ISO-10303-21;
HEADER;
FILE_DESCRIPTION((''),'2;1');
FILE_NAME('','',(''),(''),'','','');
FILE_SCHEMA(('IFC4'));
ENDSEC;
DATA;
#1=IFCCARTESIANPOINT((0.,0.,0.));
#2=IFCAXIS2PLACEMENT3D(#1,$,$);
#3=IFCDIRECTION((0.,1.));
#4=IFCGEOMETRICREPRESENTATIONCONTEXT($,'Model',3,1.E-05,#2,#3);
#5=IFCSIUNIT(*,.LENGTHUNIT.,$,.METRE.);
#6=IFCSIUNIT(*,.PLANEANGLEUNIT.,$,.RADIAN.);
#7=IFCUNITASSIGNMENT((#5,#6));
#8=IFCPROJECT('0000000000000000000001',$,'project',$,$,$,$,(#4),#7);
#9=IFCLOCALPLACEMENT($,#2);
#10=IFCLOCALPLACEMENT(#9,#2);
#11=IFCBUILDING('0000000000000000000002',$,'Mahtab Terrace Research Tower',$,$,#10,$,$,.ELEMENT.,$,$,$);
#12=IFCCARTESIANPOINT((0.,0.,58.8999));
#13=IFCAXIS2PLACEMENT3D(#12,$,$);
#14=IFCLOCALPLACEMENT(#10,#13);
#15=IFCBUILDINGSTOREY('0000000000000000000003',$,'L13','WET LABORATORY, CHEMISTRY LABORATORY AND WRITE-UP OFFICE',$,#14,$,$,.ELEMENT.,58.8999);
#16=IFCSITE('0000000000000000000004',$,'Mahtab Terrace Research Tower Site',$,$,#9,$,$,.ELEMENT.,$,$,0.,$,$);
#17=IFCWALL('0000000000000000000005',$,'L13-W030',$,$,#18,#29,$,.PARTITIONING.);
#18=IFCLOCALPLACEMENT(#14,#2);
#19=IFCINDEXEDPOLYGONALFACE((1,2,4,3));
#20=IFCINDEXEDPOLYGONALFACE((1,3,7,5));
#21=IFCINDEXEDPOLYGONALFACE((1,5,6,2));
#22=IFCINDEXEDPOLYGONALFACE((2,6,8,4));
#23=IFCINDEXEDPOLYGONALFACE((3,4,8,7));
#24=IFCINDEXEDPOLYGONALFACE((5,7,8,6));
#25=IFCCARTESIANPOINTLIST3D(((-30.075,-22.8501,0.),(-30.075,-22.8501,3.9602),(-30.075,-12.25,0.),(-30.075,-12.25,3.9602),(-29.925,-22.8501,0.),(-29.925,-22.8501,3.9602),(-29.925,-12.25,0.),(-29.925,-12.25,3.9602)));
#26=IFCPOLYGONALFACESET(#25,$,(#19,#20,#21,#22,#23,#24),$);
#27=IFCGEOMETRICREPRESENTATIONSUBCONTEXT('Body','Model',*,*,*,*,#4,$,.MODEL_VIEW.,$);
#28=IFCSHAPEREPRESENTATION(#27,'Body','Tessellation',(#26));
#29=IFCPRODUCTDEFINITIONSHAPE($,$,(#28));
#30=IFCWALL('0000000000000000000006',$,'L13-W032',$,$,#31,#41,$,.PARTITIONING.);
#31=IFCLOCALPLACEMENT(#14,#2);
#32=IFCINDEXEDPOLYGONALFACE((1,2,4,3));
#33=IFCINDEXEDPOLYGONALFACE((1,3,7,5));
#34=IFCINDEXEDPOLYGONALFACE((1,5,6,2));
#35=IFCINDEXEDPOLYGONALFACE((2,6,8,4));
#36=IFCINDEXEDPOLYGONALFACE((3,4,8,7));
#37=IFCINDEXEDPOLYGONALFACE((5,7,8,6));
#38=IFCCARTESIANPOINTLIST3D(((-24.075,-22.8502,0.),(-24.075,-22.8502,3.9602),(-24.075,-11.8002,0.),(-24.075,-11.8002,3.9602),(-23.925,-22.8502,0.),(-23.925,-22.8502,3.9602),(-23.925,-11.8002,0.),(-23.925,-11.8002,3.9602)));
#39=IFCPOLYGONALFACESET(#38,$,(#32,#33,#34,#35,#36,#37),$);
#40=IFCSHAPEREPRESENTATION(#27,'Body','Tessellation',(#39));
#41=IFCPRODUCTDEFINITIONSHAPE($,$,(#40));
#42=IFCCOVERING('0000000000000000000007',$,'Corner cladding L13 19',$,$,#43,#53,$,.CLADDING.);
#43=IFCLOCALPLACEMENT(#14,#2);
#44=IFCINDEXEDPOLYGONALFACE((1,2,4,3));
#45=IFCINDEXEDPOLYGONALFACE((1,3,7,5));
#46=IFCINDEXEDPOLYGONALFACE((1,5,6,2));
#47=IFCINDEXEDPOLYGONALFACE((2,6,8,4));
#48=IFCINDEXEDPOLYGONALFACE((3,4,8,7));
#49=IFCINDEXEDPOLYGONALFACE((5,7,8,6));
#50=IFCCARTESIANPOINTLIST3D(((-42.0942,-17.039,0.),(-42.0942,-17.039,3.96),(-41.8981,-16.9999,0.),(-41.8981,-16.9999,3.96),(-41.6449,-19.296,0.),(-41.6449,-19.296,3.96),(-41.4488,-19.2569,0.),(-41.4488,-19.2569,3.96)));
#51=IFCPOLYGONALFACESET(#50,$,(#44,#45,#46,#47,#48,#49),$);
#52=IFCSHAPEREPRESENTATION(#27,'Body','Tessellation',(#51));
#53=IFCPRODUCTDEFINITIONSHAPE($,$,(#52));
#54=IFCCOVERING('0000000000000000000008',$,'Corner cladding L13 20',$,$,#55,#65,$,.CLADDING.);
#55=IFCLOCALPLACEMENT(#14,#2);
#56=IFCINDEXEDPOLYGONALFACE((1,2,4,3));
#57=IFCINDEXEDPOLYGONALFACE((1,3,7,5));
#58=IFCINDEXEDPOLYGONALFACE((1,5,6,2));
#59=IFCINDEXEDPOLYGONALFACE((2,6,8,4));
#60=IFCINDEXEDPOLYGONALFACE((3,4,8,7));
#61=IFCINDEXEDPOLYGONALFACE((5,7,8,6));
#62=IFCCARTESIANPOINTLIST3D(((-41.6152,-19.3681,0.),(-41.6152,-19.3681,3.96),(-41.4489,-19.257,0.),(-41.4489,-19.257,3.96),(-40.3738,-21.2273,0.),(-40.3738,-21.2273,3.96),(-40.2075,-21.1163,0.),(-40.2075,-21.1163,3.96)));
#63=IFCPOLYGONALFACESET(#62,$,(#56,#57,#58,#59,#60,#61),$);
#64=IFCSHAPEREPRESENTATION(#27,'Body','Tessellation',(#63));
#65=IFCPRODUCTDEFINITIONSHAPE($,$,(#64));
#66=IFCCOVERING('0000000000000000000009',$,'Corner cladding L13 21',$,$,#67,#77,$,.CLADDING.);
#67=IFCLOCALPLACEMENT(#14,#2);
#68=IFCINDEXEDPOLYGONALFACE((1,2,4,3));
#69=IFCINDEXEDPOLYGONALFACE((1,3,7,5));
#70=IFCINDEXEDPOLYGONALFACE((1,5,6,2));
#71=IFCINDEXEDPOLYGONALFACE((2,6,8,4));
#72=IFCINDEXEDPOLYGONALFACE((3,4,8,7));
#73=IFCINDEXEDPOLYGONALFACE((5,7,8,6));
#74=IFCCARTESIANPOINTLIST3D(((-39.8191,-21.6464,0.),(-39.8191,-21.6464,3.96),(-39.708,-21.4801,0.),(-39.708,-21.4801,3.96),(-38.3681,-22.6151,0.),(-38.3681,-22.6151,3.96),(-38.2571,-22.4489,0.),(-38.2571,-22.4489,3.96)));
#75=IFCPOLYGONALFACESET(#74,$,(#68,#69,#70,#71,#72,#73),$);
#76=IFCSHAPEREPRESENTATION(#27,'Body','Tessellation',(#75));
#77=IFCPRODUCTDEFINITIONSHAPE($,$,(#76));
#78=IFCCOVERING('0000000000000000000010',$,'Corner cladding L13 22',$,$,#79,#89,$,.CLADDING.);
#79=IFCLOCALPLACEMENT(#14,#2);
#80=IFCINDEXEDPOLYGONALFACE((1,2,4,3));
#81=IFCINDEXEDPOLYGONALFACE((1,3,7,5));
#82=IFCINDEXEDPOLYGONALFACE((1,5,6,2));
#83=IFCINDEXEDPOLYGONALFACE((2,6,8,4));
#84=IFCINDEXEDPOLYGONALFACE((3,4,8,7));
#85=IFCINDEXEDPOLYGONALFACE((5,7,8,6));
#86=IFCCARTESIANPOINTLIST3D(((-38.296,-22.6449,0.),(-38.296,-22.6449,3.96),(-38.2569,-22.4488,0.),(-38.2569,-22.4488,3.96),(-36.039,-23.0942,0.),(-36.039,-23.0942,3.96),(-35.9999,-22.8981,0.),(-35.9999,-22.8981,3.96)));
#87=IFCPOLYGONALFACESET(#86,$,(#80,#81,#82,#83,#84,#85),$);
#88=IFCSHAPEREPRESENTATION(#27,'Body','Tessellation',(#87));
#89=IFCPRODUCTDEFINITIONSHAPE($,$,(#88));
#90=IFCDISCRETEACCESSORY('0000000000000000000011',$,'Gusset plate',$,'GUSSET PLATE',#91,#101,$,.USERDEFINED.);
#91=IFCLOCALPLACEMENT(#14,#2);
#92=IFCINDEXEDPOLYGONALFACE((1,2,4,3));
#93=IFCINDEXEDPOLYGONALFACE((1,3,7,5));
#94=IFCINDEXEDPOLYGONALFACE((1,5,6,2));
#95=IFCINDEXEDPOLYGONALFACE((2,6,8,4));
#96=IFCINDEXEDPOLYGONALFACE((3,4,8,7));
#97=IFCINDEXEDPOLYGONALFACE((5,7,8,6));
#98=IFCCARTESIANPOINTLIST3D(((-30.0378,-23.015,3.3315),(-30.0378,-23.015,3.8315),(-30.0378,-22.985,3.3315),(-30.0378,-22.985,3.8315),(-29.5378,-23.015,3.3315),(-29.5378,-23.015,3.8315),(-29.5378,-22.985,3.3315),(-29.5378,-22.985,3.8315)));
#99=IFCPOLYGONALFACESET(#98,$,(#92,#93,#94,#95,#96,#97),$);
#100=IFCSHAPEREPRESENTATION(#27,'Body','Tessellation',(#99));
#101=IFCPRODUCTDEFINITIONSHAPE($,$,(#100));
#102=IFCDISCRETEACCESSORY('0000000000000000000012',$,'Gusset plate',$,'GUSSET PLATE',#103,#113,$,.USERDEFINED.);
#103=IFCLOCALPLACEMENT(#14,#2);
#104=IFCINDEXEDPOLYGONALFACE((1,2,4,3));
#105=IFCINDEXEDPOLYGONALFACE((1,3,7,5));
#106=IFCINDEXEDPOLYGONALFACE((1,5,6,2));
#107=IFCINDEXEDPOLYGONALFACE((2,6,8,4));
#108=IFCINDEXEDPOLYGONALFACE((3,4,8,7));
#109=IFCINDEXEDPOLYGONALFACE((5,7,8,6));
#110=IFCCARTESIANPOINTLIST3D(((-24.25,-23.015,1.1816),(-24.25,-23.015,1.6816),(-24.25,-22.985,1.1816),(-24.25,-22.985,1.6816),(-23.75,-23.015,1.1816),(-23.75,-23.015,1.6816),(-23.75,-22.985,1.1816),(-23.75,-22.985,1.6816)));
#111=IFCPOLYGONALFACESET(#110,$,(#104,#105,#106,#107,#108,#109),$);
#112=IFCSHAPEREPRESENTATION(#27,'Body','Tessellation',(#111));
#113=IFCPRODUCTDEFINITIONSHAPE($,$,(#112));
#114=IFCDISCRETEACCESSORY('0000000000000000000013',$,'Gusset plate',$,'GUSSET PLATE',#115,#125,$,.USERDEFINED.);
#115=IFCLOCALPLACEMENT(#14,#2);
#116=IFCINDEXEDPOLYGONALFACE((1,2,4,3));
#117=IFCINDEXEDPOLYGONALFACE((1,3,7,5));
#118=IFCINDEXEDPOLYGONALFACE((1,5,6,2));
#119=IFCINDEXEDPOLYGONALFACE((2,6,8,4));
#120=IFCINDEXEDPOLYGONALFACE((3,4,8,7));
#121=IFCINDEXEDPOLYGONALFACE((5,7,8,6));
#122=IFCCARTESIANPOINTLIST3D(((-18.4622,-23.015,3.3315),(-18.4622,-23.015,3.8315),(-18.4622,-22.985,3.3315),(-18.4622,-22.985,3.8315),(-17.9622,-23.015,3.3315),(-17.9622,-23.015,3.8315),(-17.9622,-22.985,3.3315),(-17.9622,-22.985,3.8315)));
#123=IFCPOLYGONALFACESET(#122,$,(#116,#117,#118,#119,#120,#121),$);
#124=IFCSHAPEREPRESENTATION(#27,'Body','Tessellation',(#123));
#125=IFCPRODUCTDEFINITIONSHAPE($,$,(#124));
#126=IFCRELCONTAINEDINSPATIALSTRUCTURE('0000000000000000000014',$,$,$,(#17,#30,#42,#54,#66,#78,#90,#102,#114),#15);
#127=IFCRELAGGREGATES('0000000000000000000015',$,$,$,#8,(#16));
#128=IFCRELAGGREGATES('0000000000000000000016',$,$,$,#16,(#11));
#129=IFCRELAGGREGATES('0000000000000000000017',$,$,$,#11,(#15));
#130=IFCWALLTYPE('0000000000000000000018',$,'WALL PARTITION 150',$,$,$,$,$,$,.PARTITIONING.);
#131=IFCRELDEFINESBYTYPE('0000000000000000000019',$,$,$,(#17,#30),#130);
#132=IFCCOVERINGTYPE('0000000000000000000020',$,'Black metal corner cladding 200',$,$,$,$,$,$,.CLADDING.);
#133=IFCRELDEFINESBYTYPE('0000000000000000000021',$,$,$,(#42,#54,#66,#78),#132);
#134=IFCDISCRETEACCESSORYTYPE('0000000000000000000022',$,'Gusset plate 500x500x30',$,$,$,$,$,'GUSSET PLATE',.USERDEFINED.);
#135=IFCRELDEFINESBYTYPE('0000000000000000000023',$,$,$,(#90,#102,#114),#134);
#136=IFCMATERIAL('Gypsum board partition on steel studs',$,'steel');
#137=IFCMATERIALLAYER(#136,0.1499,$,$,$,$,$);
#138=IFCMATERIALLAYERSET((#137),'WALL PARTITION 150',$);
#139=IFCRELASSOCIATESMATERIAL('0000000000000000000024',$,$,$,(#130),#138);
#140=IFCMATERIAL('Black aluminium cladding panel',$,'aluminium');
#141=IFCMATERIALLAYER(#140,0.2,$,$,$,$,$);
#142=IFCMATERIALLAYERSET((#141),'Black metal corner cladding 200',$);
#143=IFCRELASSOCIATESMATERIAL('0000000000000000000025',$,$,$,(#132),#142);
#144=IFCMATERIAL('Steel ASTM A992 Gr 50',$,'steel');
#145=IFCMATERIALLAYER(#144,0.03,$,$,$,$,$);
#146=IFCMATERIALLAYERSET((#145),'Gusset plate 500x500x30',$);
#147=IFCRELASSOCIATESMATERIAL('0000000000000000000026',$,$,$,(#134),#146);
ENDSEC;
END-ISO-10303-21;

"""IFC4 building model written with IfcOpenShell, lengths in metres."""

from ifc_helpers import new_model, si_unit, direction, frame, frame_2d, origin, origin_2d, place, context, subcontext, project, spatial, rectangle, extrude, material, layer, layer_set, type_object, element, save


model = new_model("IFC4")

# Units and contexts
model_context = context("Model", 3, precision=1e-05, world=origin(), true_north=direction((0.0, 1.0)))
body_context = subcontext(model_context, "Body", "Model", "MODEL_VIEW")
ifc_project = project(units=[si_unit("LENGTHUNIT", "METRE"), si_unit("PLANEANGLEUNIT", "RADIAN")], contexts=[model_context])

# Site, building, storey
site_placement = place(None, origin())
site = spatial("IfcSite", under=ifc_project, at=site_placement, Name="Mahtab Terrace Research Tower Site", CompositionType="ELEMENT", RefElevation=0.0)
building_placement = place(site_placement, origin())
building = spatial("IfcBuilding", under=site, at=building_placement, Name="Mahtab Terrace Research Tower", CompositionType="ELEMENT")
storey_placement = place(building_placement, frame((0.0, 0.0, 58.8999)))
storey = spatial("IfcBuildingStorey", under=building, at=storey_placement, Name="L13", Description="WET LABORATORY, CHEMISTRY LABORATORY AND WRITE-UP OFFICE", CompositionType="ELEMENT", Elevation=58.8999)

# Shared definitions
ifc_material_1 = material(Name="Steel ASTM A992 Gr 50", Category="steel")

# Shared definitions
ifc_material_2 = material(Name="Black aluminium cladding panel", Category="aluminium")

# Walls
ifc_material_3 = material(Name="Gypsum board partition on steel studs", Category="steel")
ifc_layer_1 = layer(ifc_material_3, 0.1499)
ifc_layer_set_1 = layer_set([ifc_layer_1], Name="WALL PARTITION 150")
wall_type_1 = type_object("IfcWallType", Name="WALL PARTITION 150", PredefinedType="PARTITIONING", material=ifc_layer_set_1)
wall_1_placement = place(storey_placement, frame((-30.0, -22.8501, 0.0), z_axis=(0.0, 0.0, 1.0), x_axis=(0.0, 1.0, 0.0)))
element("IfcWall", 1, at=wall_1_placement, inside=storey, type_object=wall_type_1, Name="L13-W030", PredefinedType="PARTITIONING", context=body_context, shape_type="SweptSolid", body=[
    extrude(rectangle(XDim=10.6001, YDim=0.1499, at=frame_2d((5.3, 0.0))), origin(), (0.0, 0.0, 1.0), 3.9602),
])
wall_2_placement = place(storey_placement, frame((-24.0, -22.8501, 0.0), z_axis=(0.0, 0.0, 1.0), x_axis=(0.0, 1.0, 0.0)))
element("IfcWall", 2, at=wall_2_placement, inside=storey, type_object=wall_type_1, Name="L13-W032", PredefinedType="PARTITIONING", context=body_context, shape_type="SweptSolid", body=[
    extrude(rectangle(XDim=11.05, YDim=0.1499, at=frame_2d((5.5249, 0.0))), origin(), (0.0, 0.0, 1.0), 3.9602),
])

# Coverings
ifc_layer_2 = layer(ifc_material_2, 0.2)
ifc_layer_set_2 = layer_set([ifc_layer_2], Name="Black metal corner cladding 200")
covering_type = type_object("IfcCoveringType", Name="Black metal corner cladding 200", PredefinedType="CLADDING", material=ifc_layer_set_2)
covering_1_placement = place(storey_placement, frame((-41.7715, -18.1479, 0.0), z_axis=(0.0, 0.0, 1.0), x_axis=(0.195212, -0.980761, 0.0)))
element("IfcCovering", 3, at=covering_1_placement, inside=storey, type_object=covering_type, Name="Corner cladding L13 19", PredefinedType="CLADDING", context=body_context, shape_type="SweptSolid", body=[
    extrude(rectangle(XDim=2.3013, YDim=0.2, at=origin_2d()), origin(), (0.0, 0.0, 1.0), 3.96),
])
covering_2_placement = place(storey_placement, frame((-40.9114, -20.2422, 0.0), z_axis=(0.0, 0.0, 1.0), x_axis=(0.555291, -0.831656, 0.0)))
element("IfcCovering", 4, at=covering_2_placement, inside=storey, type_object=covering_type, Name="Corner cladding L13 20", PredefinedType="CLADDING", context=body_context, shape_type="SweptSolid", body=[
    extrude(rectangle(XDim=2.2356, YDim=0.2, at=origin_2d()), origin(), (0.0, 0.0, 1.0), 3.96),
])
covering_3_placement = place(storey_placement, frame((-39.0381, -22.0476, 0.0), z_axis=(0.0, 0.0, 1.0), x_axis=(0.831656, -0.555291, 0.0)))
element("IfcCovering", 5, at=covering_3_placement, inside=storey, type_object=covering_type, Name="Corner cladding L13 21", PredefinedType="CLADDING", context=body_context, shape_type="SweptSolid", body=[
    extrude(rectangle(XDim=1.7446, YDim=0.2, at=origin_2d()), origin(), (0.0, 0.0, 1.0), 3.96),
])
covering_4_placement = place(storey_placement, frame((-37.1479, -22.7715, 0.0), z_axis=(0.0, 0.0, 1.0), x_axis=(0.980761, -0.195212, 0.0)))
element("IfcCovering", 6, at=covering_4_placement, inside=storey, type_object=covering_type, Name="Corner cladding L13 22", PredefinedType="CLADDING", context=body_context, shape_type="SweptSolid", body=[
    extrude(rectangle(XDim=2.3013, YDim=0.2, at=origin_2d()), origin(), (0.0, 0.0, 1.0), 3.96),
])

# Discrete accessories
ifc_layer_3 = layer(ifc_material_1, 0.03)
ifc_layer_set_3 = layer_set([ifc_layer_3], Name="Gusset plate 500x500x30")
discrete_accessory_type = type_object("IfcDiscreteAccessoryType", Name="Gusset plate 500x500x30", ElementType="GUSSET PLATE", PredefinedType="USERDEFINED", material=ifc_layer_set_3)
for number, where, z_axis, x_axis, name in (
    (7, (-29.7878, -23.0, 3.3315), (0.0, 0.0, 1.0), (1.0, 0.0, 0.0), "Gusset plate"),
    (8, (-24.0, -23.0, 1.1816), (0.0, 0.0, 1.0), (1.0, 0.0, 0.0), "Gusset plate"),
    (9, (-18.2122, -23.0, 3.3315), (0.0, 0.0, 1.0), (1.0, 0.0, 0.0), "Gusset plate"),
):
    element("IfcDiscreteAccessory", number, at=place(storey_placement, frame(where, z_axis=z_axis, x_axis=x_axis)), inside=storey, type_object=discrete_accessory_type, Name=name, ObjectType="GUSSET PLATE", PredefinedType="USERDEFINED", context=body_context, shape_type="SweptSolid", body=[
        extrude(rectangle(XDim=0.5, YDim=0.03, at=origin_2d()), origin(), (0.0, 0.0, 1.0), 0.5),
    ])

save(model, "model.ifc")
